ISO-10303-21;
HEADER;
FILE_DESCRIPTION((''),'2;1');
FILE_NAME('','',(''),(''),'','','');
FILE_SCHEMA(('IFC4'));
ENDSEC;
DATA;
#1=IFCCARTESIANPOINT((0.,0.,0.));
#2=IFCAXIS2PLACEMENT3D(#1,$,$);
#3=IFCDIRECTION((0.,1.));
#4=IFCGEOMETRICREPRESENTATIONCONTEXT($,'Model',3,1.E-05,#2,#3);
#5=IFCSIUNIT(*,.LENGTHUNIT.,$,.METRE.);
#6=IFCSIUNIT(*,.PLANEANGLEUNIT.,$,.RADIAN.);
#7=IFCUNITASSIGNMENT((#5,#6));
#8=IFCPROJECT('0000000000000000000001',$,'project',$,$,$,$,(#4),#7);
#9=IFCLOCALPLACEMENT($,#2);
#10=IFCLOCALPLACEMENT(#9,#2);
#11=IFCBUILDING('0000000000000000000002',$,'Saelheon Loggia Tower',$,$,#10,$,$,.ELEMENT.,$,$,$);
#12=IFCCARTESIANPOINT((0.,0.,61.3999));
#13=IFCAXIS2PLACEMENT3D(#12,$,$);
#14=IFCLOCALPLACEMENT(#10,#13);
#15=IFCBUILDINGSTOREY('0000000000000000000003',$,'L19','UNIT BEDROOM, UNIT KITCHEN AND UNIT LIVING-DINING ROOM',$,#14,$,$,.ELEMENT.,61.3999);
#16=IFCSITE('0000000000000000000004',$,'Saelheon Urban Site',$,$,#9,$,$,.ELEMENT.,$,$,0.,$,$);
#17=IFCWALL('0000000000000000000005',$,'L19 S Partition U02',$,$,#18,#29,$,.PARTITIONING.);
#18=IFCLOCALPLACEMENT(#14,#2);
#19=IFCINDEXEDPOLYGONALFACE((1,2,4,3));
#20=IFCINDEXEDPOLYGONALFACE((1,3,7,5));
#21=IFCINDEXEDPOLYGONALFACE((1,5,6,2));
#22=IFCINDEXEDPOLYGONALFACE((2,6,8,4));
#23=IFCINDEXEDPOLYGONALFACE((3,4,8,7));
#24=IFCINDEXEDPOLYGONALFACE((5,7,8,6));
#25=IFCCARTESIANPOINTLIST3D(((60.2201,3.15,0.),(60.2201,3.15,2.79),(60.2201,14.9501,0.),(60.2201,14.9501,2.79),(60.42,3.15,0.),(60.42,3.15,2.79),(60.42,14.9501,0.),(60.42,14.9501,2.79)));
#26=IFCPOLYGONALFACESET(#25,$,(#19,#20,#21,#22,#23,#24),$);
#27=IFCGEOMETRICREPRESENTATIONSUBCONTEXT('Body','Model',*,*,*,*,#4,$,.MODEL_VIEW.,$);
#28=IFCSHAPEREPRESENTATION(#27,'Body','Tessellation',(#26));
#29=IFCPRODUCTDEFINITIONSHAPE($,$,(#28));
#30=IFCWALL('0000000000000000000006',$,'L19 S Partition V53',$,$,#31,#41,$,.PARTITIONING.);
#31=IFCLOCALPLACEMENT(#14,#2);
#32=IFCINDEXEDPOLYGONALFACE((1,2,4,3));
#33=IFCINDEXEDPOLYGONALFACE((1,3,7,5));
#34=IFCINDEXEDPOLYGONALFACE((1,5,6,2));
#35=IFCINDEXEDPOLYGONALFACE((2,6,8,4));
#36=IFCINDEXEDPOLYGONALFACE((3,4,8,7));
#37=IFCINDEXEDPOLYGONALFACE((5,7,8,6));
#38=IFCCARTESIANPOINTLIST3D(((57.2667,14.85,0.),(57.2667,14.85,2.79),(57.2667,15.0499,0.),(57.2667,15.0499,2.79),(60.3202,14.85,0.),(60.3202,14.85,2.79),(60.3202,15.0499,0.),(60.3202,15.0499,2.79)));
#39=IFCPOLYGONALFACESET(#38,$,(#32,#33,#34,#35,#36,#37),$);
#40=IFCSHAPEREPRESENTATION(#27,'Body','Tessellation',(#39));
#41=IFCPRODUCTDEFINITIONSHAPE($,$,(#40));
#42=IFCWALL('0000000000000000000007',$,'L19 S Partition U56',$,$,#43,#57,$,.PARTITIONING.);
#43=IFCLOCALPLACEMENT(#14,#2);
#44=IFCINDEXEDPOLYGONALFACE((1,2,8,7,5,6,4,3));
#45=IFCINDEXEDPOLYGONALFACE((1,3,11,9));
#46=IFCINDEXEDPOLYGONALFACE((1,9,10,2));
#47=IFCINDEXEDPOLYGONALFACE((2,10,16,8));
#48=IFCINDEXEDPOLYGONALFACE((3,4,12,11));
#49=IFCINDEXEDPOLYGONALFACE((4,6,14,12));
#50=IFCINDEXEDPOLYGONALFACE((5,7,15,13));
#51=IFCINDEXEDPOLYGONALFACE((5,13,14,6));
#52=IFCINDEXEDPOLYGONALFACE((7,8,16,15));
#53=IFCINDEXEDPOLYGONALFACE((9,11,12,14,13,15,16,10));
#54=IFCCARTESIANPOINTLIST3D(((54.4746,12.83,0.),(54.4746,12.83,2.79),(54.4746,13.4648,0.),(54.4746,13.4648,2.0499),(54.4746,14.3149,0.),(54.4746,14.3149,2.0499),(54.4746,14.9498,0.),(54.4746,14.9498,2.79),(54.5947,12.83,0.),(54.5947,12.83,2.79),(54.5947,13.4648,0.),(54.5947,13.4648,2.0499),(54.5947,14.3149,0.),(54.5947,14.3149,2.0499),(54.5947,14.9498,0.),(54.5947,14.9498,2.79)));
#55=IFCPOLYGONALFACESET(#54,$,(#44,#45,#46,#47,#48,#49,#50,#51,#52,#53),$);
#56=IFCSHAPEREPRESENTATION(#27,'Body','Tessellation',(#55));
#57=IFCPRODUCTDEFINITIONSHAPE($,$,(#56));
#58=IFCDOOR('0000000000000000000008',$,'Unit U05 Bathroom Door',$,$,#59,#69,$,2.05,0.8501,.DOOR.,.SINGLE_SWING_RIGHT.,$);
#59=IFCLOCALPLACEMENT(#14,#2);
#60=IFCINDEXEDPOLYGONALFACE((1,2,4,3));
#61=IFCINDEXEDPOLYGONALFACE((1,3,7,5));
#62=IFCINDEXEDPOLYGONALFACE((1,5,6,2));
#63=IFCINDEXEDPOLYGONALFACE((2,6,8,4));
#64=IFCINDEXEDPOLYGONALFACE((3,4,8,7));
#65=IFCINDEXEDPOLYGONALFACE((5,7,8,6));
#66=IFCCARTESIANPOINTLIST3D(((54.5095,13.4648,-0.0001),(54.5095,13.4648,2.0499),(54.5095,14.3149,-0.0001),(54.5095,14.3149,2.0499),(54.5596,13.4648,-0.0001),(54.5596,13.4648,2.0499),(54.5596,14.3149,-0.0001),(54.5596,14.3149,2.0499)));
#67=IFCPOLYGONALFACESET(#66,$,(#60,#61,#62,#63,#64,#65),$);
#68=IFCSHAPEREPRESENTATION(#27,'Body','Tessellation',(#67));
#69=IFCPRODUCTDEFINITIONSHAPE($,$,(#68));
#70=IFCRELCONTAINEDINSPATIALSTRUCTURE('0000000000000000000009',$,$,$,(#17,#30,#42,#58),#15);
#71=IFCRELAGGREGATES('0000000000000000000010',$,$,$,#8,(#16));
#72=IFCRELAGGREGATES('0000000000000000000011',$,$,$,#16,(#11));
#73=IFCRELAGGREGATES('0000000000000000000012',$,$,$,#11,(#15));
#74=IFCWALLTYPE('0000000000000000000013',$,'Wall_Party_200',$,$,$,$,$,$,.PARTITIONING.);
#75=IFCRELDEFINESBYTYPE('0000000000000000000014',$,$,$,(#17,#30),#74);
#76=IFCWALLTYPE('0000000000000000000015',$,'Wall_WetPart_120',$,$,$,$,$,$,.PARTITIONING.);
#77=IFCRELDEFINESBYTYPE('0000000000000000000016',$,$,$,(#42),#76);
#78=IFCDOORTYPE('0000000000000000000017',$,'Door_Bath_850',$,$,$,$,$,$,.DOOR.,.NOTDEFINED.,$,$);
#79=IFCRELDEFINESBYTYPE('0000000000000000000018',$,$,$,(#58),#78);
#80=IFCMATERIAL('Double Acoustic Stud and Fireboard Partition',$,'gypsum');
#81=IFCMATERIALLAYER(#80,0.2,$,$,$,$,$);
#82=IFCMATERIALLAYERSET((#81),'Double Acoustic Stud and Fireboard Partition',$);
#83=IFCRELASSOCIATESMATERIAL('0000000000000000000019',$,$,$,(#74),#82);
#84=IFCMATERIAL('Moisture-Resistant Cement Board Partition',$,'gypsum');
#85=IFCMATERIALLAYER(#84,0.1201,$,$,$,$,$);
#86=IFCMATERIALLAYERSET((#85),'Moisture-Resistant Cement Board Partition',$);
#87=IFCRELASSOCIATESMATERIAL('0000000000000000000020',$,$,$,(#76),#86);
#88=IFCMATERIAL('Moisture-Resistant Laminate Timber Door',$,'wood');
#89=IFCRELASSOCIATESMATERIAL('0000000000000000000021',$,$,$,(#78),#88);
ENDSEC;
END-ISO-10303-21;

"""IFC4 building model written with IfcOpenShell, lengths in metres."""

from ifc_helpers import new_model, si_unit, direction, frame, frame_2d, origin, place, context, subcontext, project, spatial, rectangle, extrude, source, transform, mapped, material, layer, layer_set, type_object, element, fill, save


model = new_model("IFC4")

# Units and contexts
model_context = context("Model", 3, precision=1e-05, world=origin(), true_north=direction((0.0, 1.0)))
body_context = subcontext(model_context, "Body", "Model", "MODEL_VIEW")
ifc_project = project(units=[si_unit("LENGTHUNIT", "METRE"), si_unit("PLANEANGLEUNIT", "RADIAN")], contexts=[model_context])

# Site, building, storey
site_placement = place(None, origin())
site = spatial("IfcSite", under=ifc_project, at=site_placement, Name="Saelheon Urban Site", CompositionType="ELEMENT", RefElevation=0.0)
building_placement = place(site_placement, origin())
building = spatial("IfcBuilding", under=site, at=building_placement, Name="Saelheon Loggia Tower", CompositionType="ELEMENT")
storey_placement = place(building_placement, frame((0.0, 0.0, 61.3999)))
storey = spatial("IfcBuildingStorey", under=building, at=storey_placement, Name="L19", Description="UNIT BEDROOM, UNIT KITCHEN AND UNIT LIVING-DINING ROOM", CompositionType="ELEMENT", Elevation=61.3999)

# Wall
ifc_material_1 = material(Name="Double Acoustic Stud and Fireboard Partition", Category="gypsum")
ifc_layer_1 = layer(ifc_material_1, 0.2)
ifc_layer_set_1 = layer_set([ifc_layer_1], Name="Double Acoustic Stud and Fireboard Partition")
wall_type_1 = type_object("IfcWallType", Name="Wall_Party_200", PredefinedType="PARTITIONING", material=ifc_layer_set_1)
wall_1_placement = place(storey_placement, frame((60.3201, 14.95, 0.0), z_axis=(0.0, 0.0, 1.0), x_axis=(0.0, -1.0, 0.0)))
element("IfcWall", 1, at=wall_1_placement, inside=storey, type_object=wall_type_1, Name="L19 S Partition U02", PredefinedType="PARTITIONING", context=body_context, shape_type="SweptSolid", body=[
    extrude(rectangle(XDim=11.8, YDim=0.2, at=frame_2d((5.8999, 0.0))), origin(), (0.0, 0.0, 1.0), 2.79),
])

# Wall
wall_2_placement = place(storey_placement, frame((57.2666, 14.95, 0.0), z_axis=(0.0, 0.0, 1.0), x_axis=(1.0, 0.0, 0.0)))
element("IfcWall", 2, at=wall_2_placement, inside=storey, type_object=wall_type_1, Name="L19 S Partition V53", PredefinedType="PARTITIONING", context=body_context, shape_type="SweptSolid", body=[
    extrude(rectangle(XDim=3.0535, YDim=0.2, at=frame_2d((1.5269, 0.0))), origin(), (0.0, 0.0, 1.0), 2.79),
])

# Wall, opening, door
ifc_material_2 = material(Name="Moisture-Resistant Cement Board Partition", Category="gypsum")
ifc_layer_2 = layer(ifc_material_2, 0.1201)
ifc_layer_set_2 = layer_set([ifc_layer_2], Name="Moisture-Resistant Cement Board Partition")
wall_type_2 = type_object("IfcWallType", Name="Wall_WetPart_120", PredefinedType="PARTITIONING", material=ifc_layer_set_2)
wall_3_placement = place(storey_placement, frame((54.5347, 14.95, 0.0), z_axis=(0.0, 0.0, 1.0), x_axis=(0.0, -1.0, 0.0)))
wall_3 = element("IfcWall", 3, at=wall_3_placement, inside=storey, type_object=wall_type_2, Name="L19 S Partition U56", PredefinedType="PARTITIONING", context=body_context, shape_type="SweptSolid", body=[
    extrude(rectangle(XDim=2.1199, YDim=0.1201, at=frame_2d((1.0601, 0.0))), origin(), (0.0, 0.0, 1.0), 2.79),
])
opening_1_placement = place(wall_3_placement, frame((0.635, 0.0, 0.0)))
opening_1 = element("IfcOpeningElement", 4, at=opening_1_placement, cuts=wall_3, PredefinedType="OPENING", context=body_context, shape_type="SweptSolid", body=[
    extrude(rectangle(XDim=0.8501, YDim=2.05, at=frame_2d((0.425, 1.0249))), frame((0.0, 0.072, 0.0), z_axis=(0.0, -1.0, 0.0), x_axis=(1.0, 0.0, 0.0)), (0.0, 0.0, 1.0), 0.144),
])
ifc_material_3 = material(Name="Moisture-Resistant Laminate Timber Door", Category="wood")
door_type_1 = type_object("IfcDoorType", Name="Door_Bath_850", OperationType="NOTDEFINED", PredefinedType="DOOR", material=ifc_material_3)
shared_shape_1 = source(origin(), body_context, "Body", "SweptSolid", [
    extrude(rectangle(XDim=0.8501, YDim=2.05, at=frame_2d((0.425, 1.0249))), frame((0.0, 0.0249, 0.0), z_axis=(0.0, -1.0, 0.0), x_axis=(1.0, 0.0, 0.0)), (0.0, 0.0, 1.0), 0.05),
])
door_1_placement = place(opening_1_placement, origin())
door_1 = element("IfcDoor", 5, at=door_1_placement, inside=storey, type_object=door_type_1, Name="Unit U05 Bathroom Door", OperationType="SINGLE_SWING_RIGHT", OverallHeight=2.05, OverallWidth=0.8501, PredefinedType="DOOR", context=body_context, shape_type="MappedRepresentation", body=[
    mapped(shared_shape_1, transform((0.0, 0.0, 0.0), scale=1.0)),
])
fill(opening_1, door_1)

save(model, "model.ifc")
